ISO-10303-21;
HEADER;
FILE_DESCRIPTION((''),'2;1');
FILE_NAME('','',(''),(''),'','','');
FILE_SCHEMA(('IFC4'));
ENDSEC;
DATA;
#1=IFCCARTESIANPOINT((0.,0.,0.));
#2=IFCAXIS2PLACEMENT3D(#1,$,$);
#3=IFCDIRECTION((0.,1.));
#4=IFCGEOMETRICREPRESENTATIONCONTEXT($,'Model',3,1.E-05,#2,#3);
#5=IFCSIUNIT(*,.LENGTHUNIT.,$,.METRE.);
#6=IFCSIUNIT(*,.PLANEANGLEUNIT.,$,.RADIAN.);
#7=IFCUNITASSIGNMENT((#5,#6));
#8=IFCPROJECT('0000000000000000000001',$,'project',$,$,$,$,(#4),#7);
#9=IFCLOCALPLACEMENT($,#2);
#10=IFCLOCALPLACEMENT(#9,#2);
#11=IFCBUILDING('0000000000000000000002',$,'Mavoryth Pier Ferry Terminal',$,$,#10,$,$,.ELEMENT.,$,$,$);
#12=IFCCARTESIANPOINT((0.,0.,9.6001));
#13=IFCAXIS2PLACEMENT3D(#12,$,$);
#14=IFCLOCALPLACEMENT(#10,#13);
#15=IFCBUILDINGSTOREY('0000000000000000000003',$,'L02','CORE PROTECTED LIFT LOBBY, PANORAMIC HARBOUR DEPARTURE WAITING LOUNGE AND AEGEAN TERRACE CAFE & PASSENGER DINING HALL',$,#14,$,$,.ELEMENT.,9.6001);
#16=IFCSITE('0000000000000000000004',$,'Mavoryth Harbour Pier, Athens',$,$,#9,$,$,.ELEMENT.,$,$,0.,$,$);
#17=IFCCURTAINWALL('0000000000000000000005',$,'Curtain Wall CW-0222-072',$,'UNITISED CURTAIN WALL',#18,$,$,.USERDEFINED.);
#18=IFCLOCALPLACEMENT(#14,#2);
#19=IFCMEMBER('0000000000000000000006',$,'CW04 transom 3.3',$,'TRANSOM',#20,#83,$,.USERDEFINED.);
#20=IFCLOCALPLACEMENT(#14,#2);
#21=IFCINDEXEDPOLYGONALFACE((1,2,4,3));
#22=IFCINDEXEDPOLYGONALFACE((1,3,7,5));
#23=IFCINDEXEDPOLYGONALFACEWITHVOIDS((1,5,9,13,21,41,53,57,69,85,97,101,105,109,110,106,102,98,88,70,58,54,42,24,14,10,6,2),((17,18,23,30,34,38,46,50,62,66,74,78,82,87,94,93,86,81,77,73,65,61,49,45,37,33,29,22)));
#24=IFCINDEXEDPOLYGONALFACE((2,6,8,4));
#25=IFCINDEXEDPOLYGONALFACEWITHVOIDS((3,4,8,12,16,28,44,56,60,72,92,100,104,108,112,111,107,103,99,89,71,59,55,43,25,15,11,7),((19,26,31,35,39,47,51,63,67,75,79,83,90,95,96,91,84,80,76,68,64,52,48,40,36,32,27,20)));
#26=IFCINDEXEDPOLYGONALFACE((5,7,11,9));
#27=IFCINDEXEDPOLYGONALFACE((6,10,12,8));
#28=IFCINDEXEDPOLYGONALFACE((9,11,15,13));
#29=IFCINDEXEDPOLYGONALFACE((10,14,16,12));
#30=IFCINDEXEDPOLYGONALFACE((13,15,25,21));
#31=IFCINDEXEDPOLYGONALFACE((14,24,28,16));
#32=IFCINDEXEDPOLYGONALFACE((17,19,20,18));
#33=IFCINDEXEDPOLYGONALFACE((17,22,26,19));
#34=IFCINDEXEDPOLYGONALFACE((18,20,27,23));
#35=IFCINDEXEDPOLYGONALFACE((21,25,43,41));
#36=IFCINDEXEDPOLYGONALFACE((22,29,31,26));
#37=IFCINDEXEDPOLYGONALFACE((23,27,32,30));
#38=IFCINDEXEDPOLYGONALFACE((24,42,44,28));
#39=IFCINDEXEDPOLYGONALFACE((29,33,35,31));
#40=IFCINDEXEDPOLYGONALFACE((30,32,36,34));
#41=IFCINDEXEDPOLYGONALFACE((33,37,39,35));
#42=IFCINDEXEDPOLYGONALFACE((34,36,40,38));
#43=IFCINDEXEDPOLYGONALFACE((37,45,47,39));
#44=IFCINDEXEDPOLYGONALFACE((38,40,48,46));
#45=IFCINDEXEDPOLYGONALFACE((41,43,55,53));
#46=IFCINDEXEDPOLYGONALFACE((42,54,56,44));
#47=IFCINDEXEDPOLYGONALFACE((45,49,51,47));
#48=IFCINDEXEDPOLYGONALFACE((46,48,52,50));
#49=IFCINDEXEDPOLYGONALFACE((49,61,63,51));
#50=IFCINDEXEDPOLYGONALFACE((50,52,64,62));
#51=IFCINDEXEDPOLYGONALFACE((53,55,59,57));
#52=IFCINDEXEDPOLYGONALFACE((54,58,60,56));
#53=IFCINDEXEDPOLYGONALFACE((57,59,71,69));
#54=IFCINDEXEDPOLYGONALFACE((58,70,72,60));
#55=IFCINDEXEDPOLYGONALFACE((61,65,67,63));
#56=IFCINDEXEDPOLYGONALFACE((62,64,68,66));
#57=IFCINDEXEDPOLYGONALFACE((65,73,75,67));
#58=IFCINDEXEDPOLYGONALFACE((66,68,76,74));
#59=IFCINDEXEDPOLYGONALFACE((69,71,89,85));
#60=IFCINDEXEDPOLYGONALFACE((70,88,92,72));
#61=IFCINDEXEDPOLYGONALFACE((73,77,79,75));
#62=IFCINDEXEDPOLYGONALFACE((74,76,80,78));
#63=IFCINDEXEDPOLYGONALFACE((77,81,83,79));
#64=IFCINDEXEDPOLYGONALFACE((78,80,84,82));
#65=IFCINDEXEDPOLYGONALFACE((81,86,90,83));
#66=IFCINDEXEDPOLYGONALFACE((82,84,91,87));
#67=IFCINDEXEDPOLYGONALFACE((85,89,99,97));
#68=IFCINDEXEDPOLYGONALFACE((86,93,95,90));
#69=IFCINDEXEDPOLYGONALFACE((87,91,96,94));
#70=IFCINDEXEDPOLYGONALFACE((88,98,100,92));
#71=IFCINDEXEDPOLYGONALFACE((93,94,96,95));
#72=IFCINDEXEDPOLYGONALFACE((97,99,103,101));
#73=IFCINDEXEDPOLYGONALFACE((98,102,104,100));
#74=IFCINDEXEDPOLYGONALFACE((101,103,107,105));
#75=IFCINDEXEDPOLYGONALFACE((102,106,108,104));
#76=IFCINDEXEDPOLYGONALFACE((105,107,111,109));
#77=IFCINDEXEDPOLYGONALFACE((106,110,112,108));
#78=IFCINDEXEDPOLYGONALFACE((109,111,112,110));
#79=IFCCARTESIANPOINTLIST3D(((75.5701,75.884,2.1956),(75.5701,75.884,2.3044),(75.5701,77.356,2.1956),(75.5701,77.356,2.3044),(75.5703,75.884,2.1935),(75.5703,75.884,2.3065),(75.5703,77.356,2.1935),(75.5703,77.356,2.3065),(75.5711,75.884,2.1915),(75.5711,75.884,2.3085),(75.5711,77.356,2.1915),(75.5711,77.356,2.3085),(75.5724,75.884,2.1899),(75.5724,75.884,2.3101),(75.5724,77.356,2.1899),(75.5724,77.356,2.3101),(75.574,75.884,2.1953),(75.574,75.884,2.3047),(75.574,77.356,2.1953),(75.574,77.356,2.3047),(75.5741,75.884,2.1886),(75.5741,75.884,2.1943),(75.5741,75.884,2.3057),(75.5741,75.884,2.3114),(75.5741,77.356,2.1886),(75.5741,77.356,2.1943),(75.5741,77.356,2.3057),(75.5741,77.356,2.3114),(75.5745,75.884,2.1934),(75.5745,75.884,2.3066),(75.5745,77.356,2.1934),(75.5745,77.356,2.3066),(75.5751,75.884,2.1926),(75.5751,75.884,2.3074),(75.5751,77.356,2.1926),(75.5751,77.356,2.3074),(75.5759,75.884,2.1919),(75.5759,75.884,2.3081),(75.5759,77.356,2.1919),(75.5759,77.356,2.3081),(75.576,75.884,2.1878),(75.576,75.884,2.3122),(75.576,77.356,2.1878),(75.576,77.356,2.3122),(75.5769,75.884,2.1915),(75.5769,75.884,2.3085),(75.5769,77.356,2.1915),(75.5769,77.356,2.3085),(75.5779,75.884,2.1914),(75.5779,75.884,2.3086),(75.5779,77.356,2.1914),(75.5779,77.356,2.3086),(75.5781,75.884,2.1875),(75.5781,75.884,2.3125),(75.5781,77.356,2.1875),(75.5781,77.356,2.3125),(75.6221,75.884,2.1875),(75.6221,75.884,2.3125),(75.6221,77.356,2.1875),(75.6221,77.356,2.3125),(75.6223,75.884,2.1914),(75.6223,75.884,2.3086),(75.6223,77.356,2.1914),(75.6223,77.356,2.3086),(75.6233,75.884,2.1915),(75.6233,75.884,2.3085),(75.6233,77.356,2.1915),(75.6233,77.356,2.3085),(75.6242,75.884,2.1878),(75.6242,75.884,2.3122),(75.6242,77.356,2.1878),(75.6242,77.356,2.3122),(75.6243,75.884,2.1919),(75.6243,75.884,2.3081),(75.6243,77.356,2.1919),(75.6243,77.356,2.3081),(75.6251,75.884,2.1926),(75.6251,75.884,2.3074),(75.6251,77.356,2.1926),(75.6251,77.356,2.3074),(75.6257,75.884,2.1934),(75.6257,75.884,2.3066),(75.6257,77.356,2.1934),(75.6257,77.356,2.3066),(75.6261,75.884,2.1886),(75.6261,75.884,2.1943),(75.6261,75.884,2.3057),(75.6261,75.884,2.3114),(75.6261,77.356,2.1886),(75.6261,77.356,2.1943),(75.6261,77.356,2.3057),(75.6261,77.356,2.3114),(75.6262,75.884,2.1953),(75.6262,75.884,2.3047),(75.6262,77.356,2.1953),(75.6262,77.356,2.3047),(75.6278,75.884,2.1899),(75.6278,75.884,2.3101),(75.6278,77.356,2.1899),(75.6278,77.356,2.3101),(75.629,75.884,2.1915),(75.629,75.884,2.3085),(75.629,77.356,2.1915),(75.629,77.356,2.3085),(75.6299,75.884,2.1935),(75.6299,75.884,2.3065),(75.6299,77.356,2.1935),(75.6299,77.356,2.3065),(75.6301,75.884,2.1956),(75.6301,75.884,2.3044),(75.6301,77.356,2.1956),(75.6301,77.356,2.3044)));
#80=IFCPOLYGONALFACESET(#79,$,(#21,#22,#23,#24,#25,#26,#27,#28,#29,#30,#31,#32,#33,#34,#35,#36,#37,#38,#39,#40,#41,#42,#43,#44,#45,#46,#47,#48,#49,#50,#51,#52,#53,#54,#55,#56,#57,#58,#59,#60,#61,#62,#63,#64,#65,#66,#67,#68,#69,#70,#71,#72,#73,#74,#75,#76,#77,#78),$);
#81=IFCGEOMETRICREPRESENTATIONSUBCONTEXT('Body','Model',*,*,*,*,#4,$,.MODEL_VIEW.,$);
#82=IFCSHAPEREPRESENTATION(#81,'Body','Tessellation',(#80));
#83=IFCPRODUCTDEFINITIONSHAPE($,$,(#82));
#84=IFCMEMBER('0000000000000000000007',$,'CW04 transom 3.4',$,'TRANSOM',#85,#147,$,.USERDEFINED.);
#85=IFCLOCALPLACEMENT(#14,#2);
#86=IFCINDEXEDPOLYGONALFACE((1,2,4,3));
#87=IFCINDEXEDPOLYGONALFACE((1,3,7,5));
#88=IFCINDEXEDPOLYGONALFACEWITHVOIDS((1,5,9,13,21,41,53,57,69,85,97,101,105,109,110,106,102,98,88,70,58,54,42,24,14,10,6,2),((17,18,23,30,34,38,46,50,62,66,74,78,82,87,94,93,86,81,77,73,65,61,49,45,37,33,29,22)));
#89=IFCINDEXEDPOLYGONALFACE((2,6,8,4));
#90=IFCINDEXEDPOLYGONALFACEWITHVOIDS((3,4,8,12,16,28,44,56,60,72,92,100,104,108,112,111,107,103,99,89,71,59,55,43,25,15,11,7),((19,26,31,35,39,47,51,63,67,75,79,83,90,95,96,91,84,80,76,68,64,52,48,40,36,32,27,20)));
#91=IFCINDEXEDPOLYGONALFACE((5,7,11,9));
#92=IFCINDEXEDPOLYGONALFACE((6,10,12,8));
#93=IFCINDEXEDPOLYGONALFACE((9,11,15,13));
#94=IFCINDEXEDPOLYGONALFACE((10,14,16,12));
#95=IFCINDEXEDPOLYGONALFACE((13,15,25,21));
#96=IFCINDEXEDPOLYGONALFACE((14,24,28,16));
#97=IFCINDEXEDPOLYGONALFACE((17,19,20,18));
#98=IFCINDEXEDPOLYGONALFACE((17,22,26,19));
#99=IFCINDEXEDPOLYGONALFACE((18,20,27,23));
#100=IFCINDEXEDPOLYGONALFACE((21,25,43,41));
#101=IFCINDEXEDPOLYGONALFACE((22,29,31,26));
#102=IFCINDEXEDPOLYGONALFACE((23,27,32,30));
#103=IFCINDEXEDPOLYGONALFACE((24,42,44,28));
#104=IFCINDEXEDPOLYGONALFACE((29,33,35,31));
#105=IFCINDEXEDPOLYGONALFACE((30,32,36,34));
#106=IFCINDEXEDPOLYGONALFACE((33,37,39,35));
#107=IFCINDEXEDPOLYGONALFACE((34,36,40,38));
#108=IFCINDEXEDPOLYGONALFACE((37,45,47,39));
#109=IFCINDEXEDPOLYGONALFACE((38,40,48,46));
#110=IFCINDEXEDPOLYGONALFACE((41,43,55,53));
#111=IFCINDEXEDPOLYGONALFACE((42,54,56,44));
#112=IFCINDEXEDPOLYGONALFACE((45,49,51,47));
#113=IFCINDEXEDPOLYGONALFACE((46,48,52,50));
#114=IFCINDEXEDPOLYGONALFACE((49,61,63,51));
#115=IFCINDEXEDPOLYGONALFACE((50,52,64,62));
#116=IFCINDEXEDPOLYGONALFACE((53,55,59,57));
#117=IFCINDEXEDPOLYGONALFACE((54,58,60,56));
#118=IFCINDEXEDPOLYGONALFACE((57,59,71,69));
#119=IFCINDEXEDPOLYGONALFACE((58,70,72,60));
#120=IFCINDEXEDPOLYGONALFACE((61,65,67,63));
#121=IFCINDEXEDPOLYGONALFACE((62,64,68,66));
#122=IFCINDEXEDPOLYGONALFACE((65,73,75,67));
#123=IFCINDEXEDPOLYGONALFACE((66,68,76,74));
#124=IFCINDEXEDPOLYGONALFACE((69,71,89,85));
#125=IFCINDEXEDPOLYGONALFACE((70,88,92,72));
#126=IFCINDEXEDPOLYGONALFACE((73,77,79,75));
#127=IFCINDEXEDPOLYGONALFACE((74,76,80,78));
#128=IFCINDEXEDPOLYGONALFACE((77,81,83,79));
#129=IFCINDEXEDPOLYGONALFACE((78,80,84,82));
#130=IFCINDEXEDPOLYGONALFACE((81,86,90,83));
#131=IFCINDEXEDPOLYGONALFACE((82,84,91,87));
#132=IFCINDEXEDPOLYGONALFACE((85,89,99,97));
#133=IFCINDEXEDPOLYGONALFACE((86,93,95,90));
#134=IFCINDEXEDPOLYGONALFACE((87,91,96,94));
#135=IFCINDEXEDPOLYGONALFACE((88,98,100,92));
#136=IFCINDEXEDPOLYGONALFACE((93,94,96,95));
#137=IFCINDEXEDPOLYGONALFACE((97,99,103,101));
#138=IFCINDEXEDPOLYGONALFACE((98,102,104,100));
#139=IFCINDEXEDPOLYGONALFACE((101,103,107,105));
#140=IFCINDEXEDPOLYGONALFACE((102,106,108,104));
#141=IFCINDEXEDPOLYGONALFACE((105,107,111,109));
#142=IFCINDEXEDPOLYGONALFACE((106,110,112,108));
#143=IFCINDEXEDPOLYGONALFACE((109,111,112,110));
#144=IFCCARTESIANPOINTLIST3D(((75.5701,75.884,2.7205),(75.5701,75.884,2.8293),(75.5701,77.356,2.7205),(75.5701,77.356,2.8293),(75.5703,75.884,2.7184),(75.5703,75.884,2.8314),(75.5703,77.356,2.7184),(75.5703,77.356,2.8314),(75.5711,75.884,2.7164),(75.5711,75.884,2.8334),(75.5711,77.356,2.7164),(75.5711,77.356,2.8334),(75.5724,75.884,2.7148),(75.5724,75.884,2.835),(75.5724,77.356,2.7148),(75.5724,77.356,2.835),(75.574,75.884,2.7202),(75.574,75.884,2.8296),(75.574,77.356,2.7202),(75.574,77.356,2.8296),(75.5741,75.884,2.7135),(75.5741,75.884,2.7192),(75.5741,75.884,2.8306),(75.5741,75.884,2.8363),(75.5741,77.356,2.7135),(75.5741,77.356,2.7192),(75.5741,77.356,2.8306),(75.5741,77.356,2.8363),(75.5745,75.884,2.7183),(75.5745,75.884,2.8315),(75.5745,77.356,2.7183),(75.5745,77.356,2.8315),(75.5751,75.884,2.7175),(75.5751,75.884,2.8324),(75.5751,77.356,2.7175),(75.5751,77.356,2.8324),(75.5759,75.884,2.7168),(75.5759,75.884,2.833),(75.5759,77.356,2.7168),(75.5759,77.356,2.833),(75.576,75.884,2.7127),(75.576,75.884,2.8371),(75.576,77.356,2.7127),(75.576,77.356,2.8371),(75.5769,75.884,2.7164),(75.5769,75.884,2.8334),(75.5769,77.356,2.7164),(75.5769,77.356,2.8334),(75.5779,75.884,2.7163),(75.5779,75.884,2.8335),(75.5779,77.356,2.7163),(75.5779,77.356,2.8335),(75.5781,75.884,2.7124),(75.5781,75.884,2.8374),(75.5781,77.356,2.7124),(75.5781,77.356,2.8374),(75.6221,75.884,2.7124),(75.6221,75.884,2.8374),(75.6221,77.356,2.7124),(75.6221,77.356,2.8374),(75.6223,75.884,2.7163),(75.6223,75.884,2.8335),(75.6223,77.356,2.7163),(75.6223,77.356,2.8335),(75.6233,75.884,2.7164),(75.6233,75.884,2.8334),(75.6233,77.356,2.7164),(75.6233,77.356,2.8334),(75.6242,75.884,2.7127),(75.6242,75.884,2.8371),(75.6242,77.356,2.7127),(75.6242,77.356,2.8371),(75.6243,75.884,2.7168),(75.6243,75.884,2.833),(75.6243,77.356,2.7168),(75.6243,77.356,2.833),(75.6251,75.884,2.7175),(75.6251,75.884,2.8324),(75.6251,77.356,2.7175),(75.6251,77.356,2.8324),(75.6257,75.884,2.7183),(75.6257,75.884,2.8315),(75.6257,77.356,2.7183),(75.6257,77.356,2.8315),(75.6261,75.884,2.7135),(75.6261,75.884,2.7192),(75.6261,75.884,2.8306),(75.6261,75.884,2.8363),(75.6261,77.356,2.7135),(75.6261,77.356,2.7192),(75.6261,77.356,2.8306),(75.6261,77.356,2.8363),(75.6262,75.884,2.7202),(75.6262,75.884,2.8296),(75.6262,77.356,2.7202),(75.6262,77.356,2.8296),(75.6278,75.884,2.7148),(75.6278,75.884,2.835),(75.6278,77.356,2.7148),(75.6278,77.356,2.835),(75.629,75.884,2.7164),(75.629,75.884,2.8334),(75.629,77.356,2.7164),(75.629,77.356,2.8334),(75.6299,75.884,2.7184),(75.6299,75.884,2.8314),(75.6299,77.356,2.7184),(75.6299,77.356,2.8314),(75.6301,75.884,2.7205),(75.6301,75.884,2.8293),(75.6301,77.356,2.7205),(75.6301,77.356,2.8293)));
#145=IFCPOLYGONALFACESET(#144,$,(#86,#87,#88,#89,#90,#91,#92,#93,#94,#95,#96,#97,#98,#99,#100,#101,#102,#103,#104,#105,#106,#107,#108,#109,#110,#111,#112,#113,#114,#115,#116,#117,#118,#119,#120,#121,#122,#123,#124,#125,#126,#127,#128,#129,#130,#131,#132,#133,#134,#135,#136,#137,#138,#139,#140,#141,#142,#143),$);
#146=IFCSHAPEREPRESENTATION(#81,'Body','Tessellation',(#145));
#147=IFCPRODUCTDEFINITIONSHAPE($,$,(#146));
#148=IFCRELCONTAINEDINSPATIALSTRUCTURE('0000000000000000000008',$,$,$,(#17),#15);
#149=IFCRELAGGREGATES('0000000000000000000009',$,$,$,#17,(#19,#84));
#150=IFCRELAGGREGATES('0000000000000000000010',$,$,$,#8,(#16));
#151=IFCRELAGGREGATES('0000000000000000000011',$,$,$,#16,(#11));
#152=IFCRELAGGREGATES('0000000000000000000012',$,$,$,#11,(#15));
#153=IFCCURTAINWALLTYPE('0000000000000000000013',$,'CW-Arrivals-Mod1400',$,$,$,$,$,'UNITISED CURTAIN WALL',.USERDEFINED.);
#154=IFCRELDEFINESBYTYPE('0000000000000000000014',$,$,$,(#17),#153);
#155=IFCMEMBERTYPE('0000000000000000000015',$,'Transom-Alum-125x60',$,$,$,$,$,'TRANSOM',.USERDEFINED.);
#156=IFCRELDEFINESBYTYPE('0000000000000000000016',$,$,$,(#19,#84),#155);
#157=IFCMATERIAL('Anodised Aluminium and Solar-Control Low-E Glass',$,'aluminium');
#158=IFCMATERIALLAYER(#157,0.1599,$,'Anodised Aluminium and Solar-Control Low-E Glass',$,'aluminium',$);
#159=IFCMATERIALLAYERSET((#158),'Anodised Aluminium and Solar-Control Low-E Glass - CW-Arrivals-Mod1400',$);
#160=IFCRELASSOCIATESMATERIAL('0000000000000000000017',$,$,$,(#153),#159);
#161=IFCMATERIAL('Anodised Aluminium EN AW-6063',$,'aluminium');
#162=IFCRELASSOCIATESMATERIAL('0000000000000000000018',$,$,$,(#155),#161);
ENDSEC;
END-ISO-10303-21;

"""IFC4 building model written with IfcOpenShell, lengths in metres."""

from ifc_helpers import new_model, si_unit, direction, frame, origin, origin_2d, place, context, subcontext, project, spatial, hollow_rectangle, extrude, material, layer, layer_set, material_profile, profile_set, type_object, element, aggregate, save


model = new_model("IFC4")

# Units and contexts
model_context = context("Model", 3, precision=1e-05, world=origin(), true_north=direction((0.0, 1.0)))
body_context = subcontext(model_context, "Body", "Model", "MODEL_VIEW")
ifc_project = project(units=[si_unit("LENGTHUNIT", "METRE"), si_unit("PLANEANGLEUNIT", "RADIAN")], contexts=[model_context])

# Site, building, storey
site_placement = place(None, origin())
site = spatial("IfcSite", under=ifc_project, at=site_placement, Name="Mavoryth Harbour Pier, Athens", CompositionType="ELEMENT", RefElevation=0.0)
building_placement = place(site_placement, origin())
building = spatial("IfcBuilding", under=site, at=building_placement, Name="Mavoryth Pier Ferry Terminal", CompositionType="ELEMENT")
storey_placement = place(building_placement, frame((0.0, 0.0, 9.6001)))
storey = spatial("IfcBuildingStorey", under=building, at=storey_placement, Name="L02", Description="CORE PROTECTED LIFT LOBBY, PANORAMIC HARBOUR DEPARTURE WAITING LOUNGE AND AEGEAN TERRACE CAFE & PASSENGER DINING HALL", CompositionType="ELEMENT", Elevation=9.6001)

# Curtain wall
ifc_material_1 = material(Name="Anodised Aluminium and Solar-Control Low-E Glass", Category="aluminium")
ifc_layer_1 = layer(ifc_material_1, 0.1599, Name="Anodised Aluminium and Solar-Control Low-E Glass", Category="aluminium")
ifc_layer_set_1 = layer_set([ifc_layer_1], Name="Anodised Aluminium and Solar-Control Low-E Glass - CW-Arrivals-Mod1400")
curtain_wall_type = type_object("IfcCurtainWallType", Name="CW-Arrivals-Mod1400", ElementType="UNITISED CURTAIN WALL", PredefinedType="USERDEFINED", material=ifc_layer_set_1)
curtain_wall_placement = place(storey_placement, origin())
curtain_wall = element("IfcCurtainWall", 1, at=curtain_wall_placement, inside=storey, type_object=curtain_wall_type, Name="Curtain Wall CW-0222-072", ObjectType="UNITISED CURTAIN WALL", PredefinedType="USERDEFINED")
ifc_material_2 = material(Name="Anodised Aluminium EN AW-6063", Category="aluminium")

# Members
ifc_material_profile_1 = material_profile(ifc_material_2, hollow_rectangle(XDim=0.0601, YDim=0.125, WallThickness=0.0039, InnerFilletRadius=0.0039, OuterFilletRadius=0.0081, at=origin_2d()), Name="AL-TRAN 125x60x4", Category="aluminium")
ifc_profile_set_1 = profile_set([ifc_material_profile_1], Name="Anodised Aluminium EN AW-6063 - AL-TRAN 125x60x4")
member_type_1 = type_object("IfcMemberType", Name="Transom-Alum-125x60", ElementType="TRANSOM", PredefinedType="USERDEFINED", material=ifc_profile_set_1)
member_1_placement = place(storey_placement, frame((75.6001, 77.356, 2.25), z_axis=(0.0, -1.0, 0.0), x_axis=(1.0, 0.0, 0.0)))
member_1 = element("IfcMember", 2, at=member_1_placement, type_object=member_type_1, Name="CW04 transom 3.3", ObjectType="TRANSOM", PredefinedType="USERDEFINED", context=body_context, shape_type="SweptSolid", body=[
    extrude(hollow_rectangle(XDim=0.0601, YDim=0.125, WallThickness=0.0039, InnerFilletRadius=0.0039, OuterFilletRadius=0.0081, at=origin_2d()), origin(), (0.0, 0.0, 1.0), 1.4719),
])
member_2_placement = place(storey_placement, frame((75.6001, 77.356, 2.7749), z_axis=(0.0, -1.0, 0.0), x_axis=(1.0, 0.0, 0.0)))
member_2 = element("IfcMember", 3, at=member_2_placement, type_object=member_type_1, Name="CW04 transom 3.4", ObjectType="TRANSOM", PredefinedType="USERDEFINED", context=body_context, shape_type="SweptSolid", body=[
    extrude(hollow_rectangle(XDim=0.0601, YDim=0.125, WallThickness=0.0039, InnerFilletRadius=0.0039, OuterFilletRadius=0.0081, at=origin_2d()), origin(), (0.0, 0.0, 1.0), 1.4719),
])

aggregate(curtain_wall, [member_1, member_2])

save(model, "model.ifc")
